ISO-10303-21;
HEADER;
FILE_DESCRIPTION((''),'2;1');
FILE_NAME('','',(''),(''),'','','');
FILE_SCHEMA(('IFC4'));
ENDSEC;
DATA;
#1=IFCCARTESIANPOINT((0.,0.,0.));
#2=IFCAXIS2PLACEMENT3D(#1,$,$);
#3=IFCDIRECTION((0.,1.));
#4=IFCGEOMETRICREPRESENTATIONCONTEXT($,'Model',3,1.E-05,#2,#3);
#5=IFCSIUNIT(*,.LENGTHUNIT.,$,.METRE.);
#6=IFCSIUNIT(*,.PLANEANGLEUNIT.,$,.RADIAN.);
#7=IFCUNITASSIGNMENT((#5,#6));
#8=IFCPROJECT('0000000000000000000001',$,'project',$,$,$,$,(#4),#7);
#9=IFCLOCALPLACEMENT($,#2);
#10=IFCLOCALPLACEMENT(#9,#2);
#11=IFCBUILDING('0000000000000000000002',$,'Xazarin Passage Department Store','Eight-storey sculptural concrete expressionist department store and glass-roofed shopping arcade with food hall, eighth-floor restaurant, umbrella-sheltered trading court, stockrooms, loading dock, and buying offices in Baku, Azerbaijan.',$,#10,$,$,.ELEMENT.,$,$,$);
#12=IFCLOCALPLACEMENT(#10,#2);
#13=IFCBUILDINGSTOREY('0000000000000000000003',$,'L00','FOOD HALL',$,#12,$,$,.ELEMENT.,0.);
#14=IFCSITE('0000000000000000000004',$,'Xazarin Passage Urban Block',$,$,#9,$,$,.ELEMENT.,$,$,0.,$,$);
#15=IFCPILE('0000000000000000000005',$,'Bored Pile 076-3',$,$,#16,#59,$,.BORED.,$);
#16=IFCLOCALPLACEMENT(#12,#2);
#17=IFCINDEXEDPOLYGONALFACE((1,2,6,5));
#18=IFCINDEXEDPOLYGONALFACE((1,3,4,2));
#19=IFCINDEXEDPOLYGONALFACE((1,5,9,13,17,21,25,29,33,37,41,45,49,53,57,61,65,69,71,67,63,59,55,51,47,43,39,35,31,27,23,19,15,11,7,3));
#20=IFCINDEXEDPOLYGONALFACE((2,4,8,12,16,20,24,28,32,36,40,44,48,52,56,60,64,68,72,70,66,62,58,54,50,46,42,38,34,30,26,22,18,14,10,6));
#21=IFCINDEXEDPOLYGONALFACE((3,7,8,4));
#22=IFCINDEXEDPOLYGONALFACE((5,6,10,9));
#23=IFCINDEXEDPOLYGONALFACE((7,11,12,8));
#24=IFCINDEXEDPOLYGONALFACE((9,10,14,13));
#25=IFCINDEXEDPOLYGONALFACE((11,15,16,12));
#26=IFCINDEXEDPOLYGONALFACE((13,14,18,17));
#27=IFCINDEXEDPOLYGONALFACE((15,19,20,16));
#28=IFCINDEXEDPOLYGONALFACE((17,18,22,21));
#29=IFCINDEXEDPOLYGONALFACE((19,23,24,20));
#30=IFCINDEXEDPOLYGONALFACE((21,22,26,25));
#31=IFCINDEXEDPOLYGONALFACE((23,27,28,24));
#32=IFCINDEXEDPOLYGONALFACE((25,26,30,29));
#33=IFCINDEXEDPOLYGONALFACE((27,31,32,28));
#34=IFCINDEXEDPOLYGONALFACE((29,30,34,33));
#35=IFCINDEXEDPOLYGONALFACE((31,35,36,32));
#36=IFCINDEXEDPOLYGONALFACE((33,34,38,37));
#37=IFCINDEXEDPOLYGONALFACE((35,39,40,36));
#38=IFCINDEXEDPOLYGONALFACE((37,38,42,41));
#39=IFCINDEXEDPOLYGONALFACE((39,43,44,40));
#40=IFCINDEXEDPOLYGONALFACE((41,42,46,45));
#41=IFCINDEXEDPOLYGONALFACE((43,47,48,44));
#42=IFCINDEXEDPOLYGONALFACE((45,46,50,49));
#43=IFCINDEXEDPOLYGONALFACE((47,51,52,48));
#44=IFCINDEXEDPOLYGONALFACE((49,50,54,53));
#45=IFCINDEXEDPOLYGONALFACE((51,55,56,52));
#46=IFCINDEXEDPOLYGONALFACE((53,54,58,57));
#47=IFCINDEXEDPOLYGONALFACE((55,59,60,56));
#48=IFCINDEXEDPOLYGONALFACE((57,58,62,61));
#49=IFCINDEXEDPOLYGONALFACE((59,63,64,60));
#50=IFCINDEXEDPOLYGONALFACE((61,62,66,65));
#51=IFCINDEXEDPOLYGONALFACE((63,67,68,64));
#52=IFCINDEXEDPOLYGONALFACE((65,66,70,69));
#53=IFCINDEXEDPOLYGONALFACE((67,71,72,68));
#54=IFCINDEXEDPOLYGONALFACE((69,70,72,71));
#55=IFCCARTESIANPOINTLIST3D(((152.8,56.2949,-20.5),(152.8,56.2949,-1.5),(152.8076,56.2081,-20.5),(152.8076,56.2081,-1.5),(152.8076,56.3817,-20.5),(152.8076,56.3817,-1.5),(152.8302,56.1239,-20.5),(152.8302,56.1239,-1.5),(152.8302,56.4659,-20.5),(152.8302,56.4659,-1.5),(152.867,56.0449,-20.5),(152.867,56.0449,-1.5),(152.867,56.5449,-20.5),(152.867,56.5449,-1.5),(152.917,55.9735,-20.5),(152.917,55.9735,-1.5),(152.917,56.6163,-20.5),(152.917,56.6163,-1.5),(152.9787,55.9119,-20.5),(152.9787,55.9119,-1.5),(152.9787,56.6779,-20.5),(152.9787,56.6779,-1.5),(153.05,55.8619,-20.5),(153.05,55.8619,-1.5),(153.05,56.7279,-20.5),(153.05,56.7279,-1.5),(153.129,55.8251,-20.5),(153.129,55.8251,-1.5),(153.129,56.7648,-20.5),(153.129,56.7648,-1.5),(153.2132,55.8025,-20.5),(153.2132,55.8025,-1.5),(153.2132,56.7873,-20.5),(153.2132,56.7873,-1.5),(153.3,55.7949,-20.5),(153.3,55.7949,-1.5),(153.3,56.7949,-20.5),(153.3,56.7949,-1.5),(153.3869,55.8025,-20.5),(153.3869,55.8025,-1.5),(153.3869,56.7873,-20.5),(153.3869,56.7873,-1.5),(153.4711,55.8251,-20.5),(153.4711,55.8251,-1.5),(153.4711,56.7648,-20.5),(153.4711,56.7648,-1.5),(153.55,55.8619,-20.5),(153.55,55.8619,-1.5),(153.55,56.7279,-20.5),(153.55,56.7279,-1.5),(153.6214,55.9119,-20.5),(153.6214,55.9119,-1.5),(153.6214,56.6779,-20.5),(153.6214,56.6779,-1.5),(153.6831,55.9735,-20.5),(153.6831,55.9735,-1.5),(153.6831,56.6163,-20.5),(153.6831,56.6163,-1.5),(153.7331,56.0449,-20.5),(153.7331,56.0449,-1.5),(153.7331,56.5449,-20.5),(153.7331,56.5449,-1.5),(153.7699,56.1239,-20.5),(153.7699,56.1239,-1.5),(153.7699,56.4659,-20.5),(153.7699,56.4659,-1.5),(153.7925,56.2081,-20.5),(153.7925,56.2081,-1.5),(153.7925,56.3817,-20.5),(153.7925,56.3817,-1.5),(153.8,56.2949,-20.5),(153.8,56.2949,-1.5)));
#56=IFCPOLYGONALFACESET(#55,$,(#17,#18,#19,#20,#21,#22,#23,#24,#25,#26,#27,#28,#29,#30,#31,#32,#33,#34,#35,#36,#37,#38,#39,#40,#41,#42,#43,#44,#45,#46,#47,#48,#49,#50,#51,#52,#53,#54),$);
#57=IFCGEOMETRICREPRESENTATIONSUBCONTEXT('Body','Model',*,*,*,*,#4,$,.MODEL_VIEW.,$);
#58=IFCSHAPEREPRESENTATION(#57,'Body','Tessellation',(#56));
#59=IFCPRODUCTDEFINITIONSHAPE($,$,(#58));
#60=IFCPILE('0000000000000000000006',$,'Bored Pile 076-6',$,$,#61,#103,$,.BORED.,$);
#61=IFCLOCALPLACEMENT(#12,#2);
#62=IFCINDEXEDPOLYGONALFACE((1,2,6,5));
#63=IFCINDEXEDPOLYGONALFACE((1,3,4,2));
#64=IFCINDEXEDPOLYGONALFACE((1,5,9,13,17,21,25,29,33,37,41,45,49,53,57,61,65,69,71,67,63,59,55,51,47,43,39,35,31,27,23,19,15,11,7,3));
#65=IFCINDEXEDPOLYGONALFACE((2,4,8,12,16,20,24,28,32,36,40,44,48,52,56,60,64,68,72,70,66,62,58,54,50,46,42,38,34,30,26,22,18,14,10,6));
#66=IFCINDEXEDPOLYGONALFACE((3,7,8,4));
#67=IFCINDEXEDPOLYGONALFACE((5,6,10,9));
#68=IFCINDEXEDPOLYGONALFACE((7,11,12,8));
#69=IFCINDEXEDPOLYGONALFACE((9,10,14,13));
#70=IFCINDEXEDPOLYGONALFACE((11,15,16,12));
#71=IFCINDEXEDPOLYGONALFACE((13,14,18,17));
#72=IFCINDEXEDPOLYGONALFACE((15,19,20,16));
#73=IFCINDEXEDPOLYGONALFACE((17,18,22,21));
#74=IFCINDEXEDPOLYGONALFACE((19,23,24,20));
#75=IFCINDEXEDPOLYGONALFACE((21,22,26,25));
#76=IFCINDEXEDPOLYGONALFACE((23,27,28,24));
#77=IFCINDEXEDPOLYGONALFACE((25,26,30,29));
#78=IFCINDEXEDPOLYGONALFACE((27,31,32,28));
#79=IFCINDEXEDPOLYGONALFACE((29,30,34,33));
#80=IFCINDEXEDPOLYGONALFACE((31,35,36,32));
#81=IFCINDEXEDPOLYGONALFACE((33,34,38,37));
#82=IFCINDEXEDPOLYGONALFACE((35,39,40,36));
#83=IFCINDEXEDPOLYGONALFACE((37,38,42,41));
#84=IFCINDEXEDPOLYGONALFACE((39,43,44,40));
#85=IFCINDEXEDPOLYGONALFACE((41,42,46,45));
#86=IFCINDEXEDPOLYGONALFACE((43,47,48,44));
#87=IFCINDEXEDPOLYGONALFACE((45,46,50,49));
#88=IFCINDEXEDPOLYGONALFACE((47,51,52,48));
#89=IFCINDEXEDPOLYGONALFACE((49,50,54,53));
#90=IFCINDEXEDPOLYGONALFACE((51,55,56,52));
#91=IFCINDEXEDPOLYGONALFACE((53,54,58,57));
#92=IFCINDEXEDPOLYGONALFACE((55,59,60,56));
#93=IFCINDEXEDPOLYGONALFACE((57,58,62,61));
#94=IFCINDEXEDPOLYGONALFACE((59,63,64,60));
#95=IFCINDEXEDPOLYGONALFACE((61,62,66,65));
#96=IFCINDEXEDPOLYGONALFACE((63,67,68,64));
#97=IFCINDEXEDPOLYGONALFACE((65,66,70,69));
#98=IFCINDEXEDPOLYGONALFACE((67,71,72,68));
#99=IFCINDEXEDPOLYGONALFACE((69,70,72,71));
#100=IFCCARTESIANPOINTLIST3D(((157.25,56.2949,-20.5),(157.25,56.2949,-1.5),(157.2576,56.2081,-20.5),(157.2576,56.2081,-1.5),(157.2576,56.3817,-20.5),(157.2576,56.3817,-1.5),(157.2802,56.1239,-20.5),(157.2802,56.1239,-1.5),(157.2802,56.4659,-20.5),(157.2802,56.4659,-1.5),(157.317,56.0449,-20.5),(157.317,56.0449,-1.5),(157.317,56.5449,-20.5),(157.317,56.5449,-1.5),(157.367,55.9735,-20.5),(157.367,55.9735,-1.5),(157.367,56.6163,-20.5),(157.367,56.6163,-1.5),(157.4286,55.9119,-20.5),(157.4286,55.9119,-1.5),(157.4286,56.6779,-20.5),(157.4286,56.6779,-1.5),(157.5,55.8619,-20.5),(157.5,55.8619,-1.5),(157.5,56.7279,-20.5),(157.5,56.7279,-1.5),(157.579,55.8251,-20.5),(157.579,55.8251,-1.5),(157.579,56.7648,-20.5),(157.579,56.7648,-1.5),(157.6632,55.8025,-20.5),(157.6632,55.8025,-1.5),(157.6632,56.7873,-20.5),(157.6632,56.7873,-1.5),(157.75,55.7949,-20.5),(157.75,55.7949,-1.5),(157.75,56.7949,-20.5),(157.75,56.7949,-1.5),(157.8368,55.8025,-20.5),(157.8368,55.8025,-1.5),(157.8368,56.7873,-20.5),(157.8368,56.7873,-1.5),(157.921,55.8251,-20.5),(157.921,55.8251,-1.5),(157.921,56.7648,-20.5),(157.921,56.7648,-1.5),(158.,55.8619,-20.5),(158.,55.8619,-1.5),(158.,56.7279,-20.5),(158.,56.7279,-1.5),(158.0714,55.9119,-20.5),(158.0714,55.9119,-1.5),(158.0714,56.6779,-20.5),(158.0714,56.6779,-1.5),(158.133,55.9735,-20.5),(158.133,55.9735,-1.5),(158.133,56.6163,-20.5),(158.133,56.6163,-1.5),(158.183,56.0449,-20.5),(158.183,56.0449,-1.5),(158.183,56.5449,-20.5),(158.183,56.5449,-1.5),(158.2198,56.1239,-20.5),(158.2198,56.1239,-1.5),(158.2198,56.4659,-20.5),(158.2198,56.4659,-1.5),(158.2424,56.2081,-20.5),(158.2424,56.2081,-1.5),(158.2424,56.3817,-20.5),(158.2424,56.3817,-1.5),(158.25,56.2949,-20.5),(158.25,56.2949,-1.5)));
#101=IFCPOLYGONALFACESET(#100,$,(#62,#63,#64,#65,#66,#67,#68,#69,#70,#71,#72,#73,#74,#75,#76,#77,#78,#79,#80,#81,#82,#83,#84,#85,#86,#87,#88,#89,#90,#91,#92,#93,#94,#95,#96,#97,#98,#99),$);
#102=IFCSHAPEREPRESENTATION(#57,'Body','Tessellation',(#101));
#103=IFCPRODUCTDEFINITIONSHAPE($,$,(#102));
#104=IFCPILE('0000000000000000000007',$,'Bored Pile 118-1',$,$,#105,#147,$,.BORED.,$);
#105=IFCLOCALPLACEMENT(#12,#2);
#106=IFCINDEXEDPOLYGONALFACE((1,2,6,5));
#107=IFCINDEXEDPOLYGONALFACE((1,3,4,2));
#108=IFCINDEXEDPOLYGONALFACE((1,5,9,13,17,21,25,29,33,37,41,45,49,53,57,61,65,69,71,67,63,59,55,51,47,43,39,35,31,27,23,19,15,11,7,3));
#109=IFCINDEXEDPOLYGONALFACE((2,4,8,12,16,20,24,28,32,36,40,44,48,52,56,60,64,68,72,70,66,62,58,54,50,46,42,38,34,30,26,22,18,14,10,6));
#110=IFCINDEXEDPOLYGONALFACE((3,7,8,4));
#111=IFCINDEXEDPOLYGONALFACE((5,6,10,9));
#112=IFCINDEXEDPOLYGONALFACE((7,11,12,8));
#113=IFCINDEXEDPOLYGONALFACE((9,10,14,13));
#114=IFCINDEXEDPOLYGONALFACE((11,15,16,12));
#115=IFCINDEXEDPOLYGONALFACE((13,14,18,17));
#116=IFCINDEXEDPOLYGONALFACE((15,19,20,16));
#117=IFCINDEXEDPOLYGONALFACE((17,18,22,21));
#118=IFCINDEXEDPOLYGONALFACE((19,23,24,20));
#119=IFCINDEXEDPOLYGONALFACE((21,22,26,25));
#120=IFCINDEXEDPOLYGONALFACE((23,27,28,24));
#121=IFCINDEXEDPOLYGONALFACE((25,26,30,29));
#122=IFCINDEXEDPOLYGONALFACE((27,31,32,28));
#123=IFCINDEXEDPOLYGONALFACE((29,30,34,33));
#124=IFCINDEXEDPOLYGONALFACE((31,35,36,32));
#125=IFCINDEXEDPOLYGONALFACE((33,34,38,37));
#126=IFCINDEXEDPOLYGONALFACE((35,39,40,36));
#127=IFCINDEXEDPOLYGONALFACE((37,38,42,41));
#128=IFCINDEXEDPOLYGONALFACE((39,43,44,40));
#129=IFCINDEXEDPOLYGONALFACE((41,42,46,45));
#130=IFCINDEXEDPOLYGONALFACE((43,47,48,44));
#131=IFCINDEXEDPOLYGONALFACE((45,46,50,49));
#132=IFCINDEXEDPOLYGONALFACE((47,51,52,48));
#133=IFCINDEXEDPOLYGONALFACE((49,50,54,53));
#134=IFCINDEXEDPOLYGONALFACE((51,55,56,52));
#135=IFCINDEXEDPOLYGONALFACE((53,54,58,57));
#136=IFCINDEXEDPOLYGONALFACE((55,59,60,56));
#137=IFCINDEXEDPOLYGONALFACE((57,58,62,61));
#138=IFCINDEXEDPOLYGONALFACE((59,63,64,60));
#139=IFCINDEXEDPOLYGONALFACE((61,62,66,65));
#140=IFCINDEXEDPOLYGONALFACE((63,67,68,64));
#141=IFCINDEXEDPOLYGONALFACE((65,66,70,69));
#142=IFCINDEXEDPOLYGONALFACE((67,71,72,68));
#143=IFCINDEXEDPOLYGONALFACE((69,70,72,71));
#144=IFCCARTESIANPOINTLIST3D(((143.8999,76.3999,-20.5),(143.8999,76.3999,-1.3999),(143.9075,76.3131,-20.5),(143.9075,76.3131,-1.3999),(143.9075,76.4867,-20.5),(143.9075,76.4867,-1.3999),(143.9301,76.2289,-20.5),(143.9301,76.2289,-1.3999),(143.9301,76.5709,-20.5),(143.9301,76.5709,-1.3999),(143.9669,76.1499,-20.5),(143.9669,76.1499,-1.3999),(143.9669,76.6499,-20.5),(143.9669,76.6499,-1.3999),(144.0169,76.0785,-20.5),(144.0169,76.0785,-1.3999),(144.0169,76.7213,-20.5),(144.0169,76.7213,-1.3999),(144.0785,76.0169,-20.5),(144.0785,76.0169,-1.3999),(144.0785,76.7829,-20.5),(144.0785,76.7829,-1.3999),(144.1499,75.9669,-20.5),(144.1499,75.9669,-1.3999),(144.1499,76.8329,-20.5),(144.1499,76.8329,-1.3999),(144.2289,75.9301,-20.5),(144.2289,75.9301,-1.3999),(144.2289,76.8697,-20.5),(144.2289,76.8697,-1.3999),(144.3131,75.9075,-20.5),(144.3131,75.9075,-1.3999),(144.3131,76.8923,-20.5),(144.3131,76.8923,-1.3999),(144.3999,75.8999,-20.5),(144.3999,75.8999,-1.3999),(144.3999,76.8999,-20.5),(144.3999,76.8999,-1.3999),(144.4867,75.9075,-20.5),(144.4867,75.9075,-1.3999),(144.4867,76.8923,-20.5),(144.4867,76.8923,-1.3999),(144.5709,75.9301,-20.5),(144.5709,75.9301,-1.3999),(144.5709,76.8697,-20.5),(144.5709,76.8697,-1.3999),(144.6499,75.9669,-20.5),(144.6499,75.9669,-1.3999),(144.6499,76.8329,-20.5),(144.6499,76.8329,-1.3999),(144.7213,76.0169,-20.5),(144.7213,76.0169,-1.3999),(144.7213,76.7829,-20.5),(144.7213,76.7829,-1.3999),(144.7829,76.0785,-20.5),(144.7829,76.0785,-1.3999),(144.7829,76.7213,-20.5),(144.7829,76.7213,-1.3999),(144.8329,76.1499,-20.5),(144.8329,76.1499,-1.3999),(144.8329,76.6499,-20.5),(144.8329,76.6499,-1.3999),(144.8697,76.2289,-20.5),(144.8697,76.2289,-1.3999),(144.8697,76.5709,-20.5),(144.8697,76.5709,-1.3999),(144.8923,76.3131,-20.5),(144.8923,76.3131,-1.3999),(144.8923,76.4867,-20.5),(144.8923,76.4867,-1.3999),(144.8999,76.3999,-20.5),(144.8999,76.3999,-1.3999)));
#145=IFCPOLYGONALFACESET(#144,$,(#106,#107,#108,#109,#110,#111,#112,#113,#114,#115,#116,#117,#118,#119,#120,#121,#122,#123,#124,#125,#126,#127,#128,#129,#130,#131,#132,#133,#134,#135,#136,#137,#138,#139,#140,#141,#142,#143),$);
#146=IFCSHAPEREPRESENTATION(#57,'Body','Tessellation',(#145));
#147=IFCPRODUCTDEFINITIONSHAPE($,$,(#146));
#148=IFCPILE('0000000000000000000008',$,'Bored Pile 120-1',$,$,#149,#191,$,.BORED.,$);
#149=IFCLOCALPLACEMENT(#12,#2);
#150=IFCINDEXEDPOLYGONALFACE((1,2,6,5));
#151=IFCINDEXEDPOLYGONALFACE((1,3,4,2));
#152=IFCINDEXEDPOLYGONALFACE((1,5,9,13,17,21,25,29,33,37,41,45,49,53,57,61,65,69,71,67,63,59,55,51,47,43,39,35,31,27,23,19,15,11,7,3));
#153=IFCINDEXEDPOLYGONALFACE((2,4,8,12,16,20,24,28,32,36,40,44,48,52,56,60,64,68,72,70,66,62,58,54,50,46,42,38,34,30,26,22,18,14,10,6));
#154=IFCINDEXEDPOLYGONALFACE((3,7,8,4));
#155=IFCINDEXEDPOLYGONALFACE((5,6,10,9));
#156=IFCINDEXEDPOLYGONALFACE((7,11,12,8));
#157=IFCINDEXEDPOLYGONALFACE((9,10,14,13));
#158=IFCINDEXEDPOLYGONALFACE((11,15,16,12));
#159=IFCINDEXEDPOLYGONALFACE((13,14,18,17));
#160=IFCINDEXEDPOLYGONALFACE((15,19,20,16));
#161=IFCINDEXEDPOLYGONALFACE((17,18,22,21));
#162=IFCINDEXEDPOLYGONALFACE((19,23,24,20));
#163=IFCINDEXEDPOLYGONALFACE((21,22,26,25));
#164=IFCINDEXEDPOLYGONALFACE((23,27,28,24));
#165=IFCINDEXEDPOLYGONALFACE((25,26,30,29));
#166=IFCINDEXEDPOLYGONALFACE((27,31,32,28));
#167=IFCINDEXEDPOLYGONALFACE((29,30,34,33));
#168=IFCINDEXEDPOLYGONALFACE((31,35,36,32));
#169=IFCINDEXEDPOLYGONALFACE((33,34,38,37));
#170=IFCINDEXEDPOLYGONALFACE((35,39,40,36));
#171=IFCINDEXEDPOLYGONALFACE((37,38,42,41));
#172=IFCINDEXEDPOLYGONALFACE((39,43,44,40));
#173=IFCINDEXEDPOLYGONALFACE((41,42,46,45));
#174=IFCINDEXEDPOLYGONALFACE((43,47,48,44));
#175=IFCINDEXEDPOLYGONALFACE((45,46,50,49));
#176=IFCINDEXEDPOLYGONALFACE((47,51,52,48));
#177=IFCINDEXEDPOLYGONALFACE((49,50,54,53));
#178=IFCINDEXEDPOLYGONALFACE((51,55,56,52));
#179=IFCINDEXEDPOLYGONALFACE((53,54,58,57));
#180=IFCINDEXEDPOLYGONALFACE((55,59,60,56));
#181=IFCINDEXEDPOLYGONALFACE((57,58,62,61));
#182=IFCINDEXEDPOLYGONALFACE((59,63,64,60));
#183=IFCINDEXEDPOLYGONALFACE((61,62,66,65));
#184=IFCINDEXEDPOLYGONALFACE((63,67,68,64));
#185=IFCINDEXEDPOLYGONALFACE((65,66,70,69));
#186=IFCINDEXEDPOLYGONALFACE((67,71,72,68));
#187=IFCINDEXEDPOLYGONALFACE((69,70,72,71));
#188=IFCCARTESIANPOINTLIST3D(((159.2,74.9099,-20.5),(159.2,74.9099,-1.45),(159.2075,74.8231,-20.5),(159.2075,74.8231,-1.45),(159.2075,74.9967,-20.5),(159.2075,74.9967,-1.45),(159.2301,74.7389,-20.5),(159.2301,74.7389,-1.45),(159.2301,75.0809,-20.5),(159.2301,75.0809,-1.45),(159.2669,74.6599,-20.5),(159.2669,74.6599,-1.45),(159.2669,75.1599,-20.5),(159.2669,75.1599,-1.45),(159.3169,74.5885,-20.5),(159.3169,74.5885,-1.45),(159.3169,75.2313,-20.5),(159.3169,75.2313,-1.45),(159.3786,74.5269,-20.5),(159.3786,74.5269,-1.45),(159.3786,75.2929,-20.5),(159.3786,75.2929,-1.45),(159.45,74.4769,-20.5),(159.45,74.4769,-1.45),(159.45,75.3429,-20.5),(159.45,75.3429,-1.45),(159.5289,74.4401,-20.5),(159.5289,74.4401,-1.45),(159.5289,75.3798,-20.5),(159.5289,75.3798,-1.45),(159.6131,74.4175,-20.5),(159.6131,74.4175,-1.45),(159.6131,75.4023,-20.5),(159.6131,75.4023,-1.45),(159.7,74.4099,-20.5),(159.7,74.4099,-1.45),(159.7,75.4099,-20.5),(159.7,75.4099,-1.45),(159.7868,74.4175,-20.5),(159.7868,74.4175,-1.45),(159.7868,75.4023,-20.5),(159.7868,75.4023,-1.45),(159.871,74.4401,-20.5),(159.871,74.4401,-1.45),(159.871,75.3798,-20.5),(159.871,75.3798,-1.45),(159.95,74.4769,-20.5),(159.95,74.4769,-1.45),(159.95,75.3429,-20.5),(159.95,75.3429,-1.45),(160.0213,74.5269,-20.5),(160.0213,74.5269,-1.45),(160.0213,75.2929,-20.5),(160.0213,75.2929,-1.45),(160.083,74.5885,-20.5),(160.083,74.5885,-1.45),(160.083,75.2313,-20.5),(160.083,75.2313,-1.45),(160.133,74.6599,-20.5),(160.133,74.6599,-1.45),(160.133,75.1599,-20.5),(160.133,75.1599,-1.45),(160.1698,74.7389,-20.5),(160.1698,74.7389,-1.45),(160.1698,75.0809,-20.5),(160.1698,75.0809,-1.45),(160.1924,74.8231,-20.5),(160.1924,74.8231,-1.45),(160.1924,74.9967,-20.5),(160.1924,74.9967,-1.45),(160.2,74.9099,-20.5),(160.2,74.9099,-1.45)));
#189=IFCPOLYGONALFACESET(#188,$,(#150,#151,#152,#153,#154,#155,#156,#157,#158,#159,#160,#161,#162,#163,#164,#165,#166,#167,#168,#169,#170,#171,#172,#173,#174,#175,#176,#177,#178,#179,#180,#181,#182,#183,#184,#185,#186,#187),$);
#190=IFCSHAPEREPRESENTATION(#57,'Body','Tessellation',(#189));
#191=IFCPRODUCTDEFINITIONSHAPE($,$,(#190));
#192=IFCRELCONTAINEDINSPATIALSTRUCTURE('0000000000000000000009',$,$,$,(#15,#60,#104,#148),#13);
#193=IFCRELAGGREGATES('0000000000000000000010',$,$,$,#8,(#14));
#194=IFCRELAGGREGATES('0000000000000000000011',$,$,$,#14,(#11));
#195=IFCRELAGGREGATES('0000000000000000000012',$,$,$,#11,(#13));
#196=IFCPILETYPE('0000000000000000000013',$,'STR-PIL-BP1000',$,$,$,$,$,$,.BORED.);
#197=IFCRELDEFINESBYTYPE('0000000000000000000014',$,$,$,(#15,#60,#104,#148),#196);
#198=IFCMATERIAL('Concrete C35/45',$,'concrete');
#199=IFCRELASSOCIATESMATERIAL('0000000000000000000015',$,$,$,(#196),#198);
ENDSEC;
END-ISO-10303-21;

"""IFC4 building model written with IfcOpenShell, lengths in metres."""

from ifc_helpers import new_model, si_unit, direction, frame, origin, origin_2d, place, context, subcontext, project, spatial, circle, extrude, material, material_profile, profile_set, type_object, element, save


model = new_model("IFC4")

# Units and contexts
model_context = context("Model", 3, precision=1e-05, world=origin(), true_north=direction((0.0, 1.0)))
body_context = subcontext(model_context, "Body", "Model", "MODEL_VIEW")
ifc_project = project(units=[si_unit("LENGTHUNIT", "METRE"), si_unit("PLANEANGLEUNIT", "RADIAN")], contexts=[model_context])

# Site, building, storey
site_placement = place(None, origin())
site = spatial("IfcSite", under=ifc_project, at=site_placement, Name="Xazarin Passage Urban Block", CompositionType="ELEMENT", RefElevation=0.0)
building_placement = place(site_placement, origin())
building = spatial("IfcBuilding", under=site, at=building_placement, Name="Xazarin Passage Department Store", Description="Eight-storey sculptural concrete expressionist department store and glass-roofed shopping arcade with food hall, eighth-floor restaurant, umbrella-sheltered trading court, stockrooms, loading dock, and buying offices in Baku, Azerbaijan.", CompositionType="ELEMENT")
storey_placement = place(building_placement, origin())
storey = spatial("IfcBuildingStorey", under=building, at=storey_placement, Name="L00", Description="FOOD HALL", CompositionType="ELEMENT", Elevation=0.0)

# Shared definitions
ifc_material_1 = material(Name="Concrete C35/45", Category="concrete")

# Piles
ifc_material_profile_1 = material_profile(ifc_material_1, circle(Radius=0.5, at=origin_2d()), Name="BP 1000")
ifc_profile_set_1 = profile_set([ifc_material_profile_1], Name="Concrete C35/45")
pile_type_1 = type_object("IfcPileType", Name="STR-PIL-BP1000", PredefinedType="BORED", material=ifc_profile_set_1)
for number, where, z_axis, x_axis, name in (
    (1, (153.3, 56.2949, -1.5), (0.0, 0.0, -1.0), (1.0, 0.0, 0.0), "Bored Pile 076-3"),
    (2, (157.75, 56.2949, -1.5), (0.0, 0.0, -1.0), (1.0, 0.0, 0.0), "Bored Pile 076-6"),
):
    element("IfcPile", number, at=place(storey_placement, frame(where, z_axis=z_axis, x_axis=x_axis)), inside=storey, type_object=pile_type_1, Name=name, PredefinedType="BORED", context=body_context, shape_type="SweptSolid", body=[
        extrude(circle(Radius=0.5, at=origin_2d()), origin(), (0.0, 0.0, 1.0), 19.0),
    ])
pile_1_placement = place(storey_placement, frame((144.3999, 76.3999, -1.3999), z_axis=(0.0, 0.0, -1.0), x_axis=(1.0, 0.0, 0.0)))
element("IfcPile", 3, at=pile_1_placement, inside=storey, type_object=pile_type_1, Name="Bored Pile 118-1", PredefinedType="BORED", context=body_context, shape_type="SweptSolid", body=[
    extrude(circle(Radius=0.5, at=origin_2d()), origin(), (0.0, 0.0, 1.0), 19.1001),
])
for number, where, z_axis, x_axis, name in (
    (4, (159.7, 74.9099, -1.45), (0.0, 0.0, -1.0), (1.0, 0.0, 0.0), "Bored Pile 120-1"),
):
    element("IfcPile", number, at=place(storey_placement, frame(where, z_axis=z_axis, x_axis=x_axis)), inside=storey, type_object=pile_type_1, Name=name, PredefinedType="BORED", context=body_context, shape_type="SweptSolid", body=[
        extrude(circle(Radius=0.5, at=origin_2d()), origin(), (0.0, 0.0, 1.0), 19.05),
    ])

save(model, "model.ifc")
